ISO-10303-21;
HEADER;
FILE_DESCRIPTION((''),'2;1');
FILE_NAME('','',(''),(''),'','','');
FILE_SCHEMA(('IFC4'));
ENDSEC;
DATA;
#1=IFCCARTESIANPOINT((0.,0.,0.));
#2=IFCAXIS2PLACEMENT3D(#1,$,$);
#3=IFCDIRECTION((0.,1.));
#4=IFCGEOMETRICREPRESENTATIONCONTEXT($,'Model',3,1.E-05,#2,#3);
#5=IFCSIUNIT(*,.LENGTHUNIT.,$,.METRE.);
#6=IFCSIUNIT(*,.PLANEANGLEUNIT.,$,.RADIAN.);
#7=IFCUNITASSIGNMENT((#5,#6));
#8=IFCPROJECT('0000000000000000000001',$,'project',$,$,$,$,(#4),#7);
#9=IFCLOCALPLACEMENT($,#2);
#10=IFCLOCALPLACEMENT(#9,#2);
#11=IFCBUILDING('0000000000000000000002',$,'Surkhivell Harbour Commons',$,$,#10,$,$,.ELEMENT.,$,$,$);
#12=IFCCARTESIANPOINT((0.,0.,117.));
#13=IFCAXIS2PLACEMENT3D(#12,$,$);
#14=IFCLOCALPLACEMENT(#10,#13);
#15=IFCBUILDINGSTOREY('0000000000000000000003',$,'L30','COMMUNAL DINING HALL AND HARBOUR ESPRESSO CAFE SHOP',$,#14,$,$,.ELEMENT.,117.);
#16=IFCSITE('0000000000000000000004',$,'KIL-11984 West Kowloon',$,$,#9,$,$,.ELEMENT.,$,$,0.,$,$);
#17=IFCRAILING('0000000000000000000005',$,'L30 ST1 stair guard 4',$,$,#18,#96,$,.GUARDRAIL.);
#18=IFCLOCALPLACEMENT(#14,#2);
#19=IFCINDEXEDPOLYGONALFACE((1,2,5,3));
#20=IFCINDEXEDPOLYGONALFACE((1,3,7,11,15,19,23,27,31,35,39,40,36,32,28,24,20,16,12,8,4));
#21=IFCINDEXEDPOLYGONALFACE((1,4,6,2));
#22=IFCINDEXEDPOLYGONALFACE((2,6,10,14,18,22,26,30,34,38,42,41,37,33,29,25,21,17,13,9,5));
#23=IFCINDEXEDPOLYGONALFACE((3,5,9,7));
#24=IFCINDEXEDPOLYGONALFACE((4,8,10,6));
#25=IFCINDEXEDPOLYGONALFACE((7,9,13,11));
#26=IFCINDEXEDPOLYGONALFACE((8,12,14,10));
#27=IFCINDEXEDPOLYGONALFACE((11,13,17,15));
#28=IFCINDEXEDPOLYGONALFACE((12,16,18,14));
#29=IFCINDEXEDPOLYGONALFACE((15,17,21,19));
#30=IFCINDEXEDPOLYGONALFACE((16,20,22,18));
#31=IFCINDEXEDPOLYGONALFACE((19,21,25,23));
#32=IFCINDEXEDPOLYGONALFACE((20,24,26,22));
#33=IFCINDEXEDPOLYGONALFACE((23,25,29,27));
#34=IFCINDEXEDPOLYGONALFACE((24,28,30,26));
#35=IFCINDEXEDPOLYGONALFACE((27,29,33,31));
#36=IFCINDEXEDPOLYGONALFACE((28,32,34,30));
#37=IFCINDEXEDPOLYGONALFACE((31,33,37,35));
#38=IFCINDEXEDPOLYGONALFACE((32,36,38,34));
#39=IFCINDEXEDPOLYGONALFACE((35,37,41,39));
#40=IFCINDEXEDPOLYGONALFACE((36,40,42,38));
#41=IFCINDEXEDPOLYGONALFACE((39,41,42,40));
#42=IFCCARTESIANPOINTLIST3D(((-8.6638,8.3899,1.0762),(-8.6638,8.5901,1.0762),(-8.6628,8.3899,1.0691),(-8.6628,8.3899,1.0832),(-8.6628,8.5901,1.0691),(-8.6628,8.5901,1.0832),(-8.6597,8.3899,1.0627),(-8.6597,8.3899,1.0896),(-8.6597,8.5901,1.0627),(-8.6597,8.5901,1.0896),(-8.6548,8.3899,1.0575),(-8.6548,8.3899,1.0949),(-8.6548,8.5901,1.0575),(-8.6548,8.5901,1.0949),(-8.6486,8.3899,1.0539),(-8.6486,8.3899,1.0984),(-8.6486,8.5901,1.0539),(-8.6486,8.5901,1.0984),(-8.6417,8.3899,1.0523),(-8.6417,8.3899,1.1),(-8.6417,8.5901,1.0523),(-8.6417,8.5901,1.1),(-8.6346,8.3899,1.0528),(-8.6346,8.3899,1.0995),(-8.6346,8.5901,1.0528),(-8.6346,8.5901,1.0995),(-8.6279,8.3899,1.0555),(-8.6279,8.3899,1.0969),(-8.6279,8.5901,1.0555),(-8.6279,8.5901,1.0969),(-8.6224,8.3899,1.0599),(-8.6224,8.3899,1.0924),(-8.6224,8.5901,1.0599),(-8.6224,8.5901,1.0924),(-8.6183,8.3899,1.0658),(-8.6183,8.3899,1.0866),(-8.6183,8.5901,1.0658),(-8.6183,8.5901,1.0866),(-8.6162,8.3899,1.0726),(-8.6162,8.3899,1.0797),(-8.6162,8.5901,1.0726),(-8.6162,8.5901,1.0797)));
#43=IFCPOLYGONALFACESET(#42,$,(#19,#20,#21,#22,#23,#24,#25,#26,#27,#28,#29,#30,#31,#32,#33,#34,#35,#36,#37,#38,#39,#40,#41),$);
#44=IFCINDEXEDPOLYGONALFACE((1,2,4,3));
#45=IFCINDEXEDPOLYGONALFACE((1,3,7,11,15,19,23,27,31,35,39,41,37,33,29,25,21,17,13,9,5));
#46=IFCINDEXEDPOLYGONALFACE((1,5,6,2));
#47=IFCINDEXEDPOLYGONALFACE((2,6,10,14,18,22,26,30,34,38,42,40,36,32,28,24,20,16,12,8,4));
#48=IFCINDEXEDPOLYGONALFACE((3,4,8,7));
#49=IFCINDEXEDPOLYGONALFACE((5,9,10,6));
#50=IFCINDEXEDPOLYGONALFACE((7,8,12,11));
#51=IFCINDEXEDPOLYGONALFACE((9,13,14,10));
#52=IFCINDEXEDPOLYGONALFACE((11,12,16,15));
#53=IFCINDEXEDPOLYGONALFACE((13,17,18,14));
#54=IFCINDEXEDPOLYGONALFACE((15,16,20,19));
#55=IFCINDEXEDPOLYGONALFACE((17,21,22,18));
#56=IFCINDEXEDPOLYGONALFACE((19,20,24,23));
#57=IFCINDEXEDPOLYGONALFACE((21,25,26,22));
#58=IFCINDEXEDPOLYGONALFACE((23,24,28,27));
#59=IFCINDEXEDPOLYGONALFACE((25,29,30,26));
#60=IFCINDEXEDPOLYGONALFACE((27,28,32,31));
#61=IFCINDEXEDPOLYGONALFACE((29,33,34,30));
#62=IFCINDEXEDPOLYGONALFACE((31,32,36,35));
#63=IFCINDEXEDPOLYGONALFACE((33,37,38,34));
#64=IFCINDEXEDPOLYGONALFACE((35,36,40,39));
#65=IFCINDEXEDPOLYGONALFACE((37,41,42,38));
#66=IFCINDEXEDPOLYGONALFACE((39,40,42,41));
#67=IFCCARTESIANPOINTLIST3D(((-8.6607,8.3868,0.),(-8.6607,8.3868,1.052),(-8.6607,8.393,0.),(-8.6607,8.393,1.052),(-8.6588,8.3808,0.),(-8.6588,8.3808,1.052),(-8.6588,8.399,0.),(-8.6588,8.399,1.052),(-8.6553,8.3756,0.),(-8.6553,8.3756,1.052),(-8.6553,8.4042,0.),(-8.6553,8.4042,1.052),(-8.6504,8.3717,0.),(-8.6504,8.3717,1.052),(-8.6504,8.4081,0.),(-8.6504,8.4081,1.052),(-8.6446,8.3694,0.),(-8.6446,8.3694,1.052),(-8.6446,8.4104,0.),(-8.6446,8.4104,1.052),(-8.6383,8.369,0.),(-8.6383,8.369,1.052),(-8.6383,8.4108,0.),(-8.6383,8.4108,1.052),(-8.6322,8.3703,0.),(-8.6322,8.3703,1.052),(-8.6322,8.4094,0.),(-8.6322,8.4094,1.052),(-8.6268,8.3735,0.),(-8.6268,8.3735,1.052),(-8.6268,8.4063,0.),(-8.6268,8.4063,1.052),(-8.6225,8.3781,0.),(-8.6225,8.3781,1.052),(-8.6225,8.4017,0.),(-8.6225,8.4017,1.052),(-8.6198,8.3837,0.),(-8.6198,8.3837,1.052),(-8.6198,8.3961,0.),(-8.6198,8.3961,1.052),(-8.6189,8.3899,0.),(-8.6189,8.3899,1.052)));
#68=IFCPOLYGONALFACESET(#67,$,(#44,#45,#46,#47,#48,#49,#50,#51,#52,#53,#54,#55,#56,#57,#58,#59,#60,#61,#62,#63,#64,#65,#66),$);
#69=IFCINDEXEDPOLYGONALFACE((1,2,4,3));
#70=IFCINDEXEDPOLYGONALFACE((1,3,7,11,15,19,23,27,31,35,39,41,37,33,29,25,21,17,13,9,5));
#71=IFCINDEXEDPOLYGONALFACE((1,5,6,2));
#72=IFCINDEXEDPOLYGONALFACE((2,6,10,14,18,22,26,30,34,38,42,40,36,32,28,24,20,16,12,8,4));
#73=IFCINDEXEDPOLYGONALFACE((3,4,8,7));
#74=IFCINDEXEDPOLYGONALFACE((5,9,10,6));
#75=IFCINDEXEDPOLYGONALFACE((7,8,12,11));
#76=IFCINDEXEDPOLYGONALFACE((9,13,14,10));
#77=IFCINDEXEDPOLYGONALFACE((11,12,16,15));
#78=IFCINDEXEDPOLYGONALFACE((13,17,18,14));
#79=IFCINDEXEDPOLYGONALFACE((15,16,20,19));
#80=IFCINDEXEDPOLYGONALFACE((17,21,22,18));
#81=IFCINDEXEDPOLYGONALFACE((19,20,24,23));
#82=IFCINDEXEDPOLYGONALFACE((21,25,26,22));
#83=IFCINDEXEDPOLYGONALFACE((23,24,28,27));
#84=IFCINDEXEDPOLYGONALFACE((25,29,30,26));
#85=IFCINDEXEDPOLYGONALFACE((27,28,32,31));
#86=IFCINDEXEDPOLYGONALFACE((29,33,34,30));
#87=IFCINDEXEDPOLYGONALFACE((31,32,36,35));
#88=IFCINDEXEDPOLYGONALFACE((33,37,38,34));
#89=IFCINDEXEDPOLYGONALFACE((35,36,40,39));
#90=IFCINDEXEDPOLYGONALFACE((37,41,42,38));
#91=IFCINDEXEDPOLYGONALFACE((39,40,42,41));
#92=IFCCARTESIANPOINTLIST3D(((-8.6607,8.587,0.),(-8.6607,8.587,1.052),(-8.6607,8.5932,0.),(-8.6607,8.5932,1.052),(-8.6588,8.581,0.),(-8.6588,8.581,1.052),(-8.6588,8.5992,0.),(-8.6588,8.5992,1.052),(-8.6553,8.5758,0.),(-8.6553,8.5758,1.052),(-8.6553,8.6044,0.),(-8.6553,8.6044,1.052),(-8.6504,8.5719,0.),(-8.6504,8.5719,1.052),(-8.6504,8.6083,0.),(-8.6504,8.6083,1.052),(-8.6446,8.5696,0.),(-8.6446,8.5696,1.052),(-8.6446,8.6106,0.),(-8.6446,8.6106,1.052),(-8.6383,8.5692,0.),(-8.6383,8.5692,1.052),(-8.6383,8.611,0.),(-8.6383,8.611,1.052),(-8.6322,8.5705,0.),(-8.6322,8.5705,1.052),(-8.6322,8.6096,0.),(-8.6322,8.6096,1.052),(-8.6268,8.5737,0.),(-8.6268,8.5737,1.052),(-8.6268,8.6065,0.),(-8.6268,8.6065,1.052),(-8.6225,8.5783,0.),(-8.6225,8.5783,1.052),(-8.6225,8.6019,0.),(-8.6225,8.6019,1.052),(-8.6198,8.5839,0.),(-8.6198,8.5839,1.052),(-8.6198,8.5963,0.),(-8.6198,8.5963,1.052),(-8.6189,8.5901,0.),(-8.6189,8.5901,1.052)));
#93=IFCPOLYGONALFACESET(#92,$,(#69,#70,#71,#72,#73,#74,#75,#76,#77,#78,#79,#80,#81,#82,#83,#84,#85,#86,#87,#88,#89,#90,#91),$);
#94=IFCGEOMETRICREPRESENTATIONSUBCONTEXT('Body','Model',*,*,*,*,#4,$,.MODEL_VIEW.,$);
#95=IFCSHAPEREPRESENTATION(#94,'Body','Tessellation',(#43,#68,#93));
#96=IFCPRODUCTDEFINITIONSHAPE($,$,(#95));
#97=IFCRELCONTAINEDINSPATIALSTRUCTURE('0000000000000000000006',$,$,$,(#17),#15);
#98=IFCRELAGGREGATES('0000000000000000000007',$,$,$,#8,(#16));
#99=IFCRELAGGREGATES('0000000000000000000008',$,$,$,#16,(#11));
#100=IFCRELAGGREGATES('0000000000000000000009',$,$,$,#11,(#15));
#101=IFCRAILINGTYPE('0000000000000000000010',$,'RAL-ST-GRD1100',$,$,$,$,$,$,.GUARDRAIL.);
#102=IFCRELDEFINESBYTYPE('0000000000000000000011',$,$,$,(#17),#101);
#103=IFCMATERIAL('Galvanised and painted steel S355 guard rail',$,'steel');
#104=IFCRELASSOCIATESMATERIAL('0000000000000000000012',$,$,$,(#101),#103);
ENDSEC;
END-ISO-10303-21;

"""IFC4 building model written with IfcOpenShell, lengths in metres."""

from ifc_helpers import new_model, si_unit, direction, frame, origin, origin_2d, place, context, subcontext, project, spatial, circle, extrude, material, type_object, element, save


model = new_model("IFC4")

# Units and contexts
model_context = context("Model", 3, precision=1e-05, world=origin(), true_north=direction((0.0, 1.0)))
body_context = subcontext(model_context, "Body", "Model", "MODEL_VIEW")
ifc_project = project(units=[si_unit("LENGTHUNIT", "METRE"), si_unit("PLANEANGLEUNIT", "RADIAN")], contexts=[model_context])

# Site, building, storey
site_placement = place(None, origin())
site = spatial("IfcSite", under=ifc_project, at=site_placement, Name="KIL-11984 West Kowloon", CompositionType="ELEMENT", RefElevation=0.0)
building_placement = place(site_placement, origin())
building = spatial("IfcBuilding", under=site, at=building_placement, Name="Surkhivell Harbour Commons", CompositionType="ELEMENT")
storey_placement = place(building_placement, frame((0.0, 0.0, 117.0)))
storey = spatial("IfcBuildingStorey", under=building, at=storey_placement, Name="L30", Description="COMMUNAL DINING HALL AND HARBOUR ESPRESSO CAFE SHOP", CompositionType="ELEMENT", Elevation=117.0)

# Railing
ifc_material_1 = material(Name="Galvanised and painted steel S355 guard rail", Category="steel")
railing_type_1 = type_object("IfcRailingType", Name="RAL-ST-GRD1100", PredefinedType="GUARDRAIL", material=ifc_material_1)
railing_1_placement = place(storey_placement, frame((-8.6399, 8.3899, 0.0)))
element("IfcRailing", 1, at=railing_1_placement, inside=storey, type_object=railing_type_1, Name="L30 ST1 stair guard 4", PredefinedType="GUARDRAIL", context=body_context, shape_type="SweptSolid", body=[
    extrude(circle(Radius=0.0239, at=origin_2d()), frame((0.0, 0.0, 1.0762), z_axis=(0.0, 1.0, 0.0), x_axis=(-1.0, 0.0, 0.0)), (0.0, 0.0, 1.0), 0.2002),
    extrude(circle(Radius=0.021, at=origin_2d()), origin(), (0.0, 0.0, 1.0), 1.052),
    extrude(circle(Radius=0.021, at=origin_2d()), frame((0.0, 0.2002, 0.0)), (0.0, 0.0, 1.0), 1.052),
])

save(model, "model.ifc")
